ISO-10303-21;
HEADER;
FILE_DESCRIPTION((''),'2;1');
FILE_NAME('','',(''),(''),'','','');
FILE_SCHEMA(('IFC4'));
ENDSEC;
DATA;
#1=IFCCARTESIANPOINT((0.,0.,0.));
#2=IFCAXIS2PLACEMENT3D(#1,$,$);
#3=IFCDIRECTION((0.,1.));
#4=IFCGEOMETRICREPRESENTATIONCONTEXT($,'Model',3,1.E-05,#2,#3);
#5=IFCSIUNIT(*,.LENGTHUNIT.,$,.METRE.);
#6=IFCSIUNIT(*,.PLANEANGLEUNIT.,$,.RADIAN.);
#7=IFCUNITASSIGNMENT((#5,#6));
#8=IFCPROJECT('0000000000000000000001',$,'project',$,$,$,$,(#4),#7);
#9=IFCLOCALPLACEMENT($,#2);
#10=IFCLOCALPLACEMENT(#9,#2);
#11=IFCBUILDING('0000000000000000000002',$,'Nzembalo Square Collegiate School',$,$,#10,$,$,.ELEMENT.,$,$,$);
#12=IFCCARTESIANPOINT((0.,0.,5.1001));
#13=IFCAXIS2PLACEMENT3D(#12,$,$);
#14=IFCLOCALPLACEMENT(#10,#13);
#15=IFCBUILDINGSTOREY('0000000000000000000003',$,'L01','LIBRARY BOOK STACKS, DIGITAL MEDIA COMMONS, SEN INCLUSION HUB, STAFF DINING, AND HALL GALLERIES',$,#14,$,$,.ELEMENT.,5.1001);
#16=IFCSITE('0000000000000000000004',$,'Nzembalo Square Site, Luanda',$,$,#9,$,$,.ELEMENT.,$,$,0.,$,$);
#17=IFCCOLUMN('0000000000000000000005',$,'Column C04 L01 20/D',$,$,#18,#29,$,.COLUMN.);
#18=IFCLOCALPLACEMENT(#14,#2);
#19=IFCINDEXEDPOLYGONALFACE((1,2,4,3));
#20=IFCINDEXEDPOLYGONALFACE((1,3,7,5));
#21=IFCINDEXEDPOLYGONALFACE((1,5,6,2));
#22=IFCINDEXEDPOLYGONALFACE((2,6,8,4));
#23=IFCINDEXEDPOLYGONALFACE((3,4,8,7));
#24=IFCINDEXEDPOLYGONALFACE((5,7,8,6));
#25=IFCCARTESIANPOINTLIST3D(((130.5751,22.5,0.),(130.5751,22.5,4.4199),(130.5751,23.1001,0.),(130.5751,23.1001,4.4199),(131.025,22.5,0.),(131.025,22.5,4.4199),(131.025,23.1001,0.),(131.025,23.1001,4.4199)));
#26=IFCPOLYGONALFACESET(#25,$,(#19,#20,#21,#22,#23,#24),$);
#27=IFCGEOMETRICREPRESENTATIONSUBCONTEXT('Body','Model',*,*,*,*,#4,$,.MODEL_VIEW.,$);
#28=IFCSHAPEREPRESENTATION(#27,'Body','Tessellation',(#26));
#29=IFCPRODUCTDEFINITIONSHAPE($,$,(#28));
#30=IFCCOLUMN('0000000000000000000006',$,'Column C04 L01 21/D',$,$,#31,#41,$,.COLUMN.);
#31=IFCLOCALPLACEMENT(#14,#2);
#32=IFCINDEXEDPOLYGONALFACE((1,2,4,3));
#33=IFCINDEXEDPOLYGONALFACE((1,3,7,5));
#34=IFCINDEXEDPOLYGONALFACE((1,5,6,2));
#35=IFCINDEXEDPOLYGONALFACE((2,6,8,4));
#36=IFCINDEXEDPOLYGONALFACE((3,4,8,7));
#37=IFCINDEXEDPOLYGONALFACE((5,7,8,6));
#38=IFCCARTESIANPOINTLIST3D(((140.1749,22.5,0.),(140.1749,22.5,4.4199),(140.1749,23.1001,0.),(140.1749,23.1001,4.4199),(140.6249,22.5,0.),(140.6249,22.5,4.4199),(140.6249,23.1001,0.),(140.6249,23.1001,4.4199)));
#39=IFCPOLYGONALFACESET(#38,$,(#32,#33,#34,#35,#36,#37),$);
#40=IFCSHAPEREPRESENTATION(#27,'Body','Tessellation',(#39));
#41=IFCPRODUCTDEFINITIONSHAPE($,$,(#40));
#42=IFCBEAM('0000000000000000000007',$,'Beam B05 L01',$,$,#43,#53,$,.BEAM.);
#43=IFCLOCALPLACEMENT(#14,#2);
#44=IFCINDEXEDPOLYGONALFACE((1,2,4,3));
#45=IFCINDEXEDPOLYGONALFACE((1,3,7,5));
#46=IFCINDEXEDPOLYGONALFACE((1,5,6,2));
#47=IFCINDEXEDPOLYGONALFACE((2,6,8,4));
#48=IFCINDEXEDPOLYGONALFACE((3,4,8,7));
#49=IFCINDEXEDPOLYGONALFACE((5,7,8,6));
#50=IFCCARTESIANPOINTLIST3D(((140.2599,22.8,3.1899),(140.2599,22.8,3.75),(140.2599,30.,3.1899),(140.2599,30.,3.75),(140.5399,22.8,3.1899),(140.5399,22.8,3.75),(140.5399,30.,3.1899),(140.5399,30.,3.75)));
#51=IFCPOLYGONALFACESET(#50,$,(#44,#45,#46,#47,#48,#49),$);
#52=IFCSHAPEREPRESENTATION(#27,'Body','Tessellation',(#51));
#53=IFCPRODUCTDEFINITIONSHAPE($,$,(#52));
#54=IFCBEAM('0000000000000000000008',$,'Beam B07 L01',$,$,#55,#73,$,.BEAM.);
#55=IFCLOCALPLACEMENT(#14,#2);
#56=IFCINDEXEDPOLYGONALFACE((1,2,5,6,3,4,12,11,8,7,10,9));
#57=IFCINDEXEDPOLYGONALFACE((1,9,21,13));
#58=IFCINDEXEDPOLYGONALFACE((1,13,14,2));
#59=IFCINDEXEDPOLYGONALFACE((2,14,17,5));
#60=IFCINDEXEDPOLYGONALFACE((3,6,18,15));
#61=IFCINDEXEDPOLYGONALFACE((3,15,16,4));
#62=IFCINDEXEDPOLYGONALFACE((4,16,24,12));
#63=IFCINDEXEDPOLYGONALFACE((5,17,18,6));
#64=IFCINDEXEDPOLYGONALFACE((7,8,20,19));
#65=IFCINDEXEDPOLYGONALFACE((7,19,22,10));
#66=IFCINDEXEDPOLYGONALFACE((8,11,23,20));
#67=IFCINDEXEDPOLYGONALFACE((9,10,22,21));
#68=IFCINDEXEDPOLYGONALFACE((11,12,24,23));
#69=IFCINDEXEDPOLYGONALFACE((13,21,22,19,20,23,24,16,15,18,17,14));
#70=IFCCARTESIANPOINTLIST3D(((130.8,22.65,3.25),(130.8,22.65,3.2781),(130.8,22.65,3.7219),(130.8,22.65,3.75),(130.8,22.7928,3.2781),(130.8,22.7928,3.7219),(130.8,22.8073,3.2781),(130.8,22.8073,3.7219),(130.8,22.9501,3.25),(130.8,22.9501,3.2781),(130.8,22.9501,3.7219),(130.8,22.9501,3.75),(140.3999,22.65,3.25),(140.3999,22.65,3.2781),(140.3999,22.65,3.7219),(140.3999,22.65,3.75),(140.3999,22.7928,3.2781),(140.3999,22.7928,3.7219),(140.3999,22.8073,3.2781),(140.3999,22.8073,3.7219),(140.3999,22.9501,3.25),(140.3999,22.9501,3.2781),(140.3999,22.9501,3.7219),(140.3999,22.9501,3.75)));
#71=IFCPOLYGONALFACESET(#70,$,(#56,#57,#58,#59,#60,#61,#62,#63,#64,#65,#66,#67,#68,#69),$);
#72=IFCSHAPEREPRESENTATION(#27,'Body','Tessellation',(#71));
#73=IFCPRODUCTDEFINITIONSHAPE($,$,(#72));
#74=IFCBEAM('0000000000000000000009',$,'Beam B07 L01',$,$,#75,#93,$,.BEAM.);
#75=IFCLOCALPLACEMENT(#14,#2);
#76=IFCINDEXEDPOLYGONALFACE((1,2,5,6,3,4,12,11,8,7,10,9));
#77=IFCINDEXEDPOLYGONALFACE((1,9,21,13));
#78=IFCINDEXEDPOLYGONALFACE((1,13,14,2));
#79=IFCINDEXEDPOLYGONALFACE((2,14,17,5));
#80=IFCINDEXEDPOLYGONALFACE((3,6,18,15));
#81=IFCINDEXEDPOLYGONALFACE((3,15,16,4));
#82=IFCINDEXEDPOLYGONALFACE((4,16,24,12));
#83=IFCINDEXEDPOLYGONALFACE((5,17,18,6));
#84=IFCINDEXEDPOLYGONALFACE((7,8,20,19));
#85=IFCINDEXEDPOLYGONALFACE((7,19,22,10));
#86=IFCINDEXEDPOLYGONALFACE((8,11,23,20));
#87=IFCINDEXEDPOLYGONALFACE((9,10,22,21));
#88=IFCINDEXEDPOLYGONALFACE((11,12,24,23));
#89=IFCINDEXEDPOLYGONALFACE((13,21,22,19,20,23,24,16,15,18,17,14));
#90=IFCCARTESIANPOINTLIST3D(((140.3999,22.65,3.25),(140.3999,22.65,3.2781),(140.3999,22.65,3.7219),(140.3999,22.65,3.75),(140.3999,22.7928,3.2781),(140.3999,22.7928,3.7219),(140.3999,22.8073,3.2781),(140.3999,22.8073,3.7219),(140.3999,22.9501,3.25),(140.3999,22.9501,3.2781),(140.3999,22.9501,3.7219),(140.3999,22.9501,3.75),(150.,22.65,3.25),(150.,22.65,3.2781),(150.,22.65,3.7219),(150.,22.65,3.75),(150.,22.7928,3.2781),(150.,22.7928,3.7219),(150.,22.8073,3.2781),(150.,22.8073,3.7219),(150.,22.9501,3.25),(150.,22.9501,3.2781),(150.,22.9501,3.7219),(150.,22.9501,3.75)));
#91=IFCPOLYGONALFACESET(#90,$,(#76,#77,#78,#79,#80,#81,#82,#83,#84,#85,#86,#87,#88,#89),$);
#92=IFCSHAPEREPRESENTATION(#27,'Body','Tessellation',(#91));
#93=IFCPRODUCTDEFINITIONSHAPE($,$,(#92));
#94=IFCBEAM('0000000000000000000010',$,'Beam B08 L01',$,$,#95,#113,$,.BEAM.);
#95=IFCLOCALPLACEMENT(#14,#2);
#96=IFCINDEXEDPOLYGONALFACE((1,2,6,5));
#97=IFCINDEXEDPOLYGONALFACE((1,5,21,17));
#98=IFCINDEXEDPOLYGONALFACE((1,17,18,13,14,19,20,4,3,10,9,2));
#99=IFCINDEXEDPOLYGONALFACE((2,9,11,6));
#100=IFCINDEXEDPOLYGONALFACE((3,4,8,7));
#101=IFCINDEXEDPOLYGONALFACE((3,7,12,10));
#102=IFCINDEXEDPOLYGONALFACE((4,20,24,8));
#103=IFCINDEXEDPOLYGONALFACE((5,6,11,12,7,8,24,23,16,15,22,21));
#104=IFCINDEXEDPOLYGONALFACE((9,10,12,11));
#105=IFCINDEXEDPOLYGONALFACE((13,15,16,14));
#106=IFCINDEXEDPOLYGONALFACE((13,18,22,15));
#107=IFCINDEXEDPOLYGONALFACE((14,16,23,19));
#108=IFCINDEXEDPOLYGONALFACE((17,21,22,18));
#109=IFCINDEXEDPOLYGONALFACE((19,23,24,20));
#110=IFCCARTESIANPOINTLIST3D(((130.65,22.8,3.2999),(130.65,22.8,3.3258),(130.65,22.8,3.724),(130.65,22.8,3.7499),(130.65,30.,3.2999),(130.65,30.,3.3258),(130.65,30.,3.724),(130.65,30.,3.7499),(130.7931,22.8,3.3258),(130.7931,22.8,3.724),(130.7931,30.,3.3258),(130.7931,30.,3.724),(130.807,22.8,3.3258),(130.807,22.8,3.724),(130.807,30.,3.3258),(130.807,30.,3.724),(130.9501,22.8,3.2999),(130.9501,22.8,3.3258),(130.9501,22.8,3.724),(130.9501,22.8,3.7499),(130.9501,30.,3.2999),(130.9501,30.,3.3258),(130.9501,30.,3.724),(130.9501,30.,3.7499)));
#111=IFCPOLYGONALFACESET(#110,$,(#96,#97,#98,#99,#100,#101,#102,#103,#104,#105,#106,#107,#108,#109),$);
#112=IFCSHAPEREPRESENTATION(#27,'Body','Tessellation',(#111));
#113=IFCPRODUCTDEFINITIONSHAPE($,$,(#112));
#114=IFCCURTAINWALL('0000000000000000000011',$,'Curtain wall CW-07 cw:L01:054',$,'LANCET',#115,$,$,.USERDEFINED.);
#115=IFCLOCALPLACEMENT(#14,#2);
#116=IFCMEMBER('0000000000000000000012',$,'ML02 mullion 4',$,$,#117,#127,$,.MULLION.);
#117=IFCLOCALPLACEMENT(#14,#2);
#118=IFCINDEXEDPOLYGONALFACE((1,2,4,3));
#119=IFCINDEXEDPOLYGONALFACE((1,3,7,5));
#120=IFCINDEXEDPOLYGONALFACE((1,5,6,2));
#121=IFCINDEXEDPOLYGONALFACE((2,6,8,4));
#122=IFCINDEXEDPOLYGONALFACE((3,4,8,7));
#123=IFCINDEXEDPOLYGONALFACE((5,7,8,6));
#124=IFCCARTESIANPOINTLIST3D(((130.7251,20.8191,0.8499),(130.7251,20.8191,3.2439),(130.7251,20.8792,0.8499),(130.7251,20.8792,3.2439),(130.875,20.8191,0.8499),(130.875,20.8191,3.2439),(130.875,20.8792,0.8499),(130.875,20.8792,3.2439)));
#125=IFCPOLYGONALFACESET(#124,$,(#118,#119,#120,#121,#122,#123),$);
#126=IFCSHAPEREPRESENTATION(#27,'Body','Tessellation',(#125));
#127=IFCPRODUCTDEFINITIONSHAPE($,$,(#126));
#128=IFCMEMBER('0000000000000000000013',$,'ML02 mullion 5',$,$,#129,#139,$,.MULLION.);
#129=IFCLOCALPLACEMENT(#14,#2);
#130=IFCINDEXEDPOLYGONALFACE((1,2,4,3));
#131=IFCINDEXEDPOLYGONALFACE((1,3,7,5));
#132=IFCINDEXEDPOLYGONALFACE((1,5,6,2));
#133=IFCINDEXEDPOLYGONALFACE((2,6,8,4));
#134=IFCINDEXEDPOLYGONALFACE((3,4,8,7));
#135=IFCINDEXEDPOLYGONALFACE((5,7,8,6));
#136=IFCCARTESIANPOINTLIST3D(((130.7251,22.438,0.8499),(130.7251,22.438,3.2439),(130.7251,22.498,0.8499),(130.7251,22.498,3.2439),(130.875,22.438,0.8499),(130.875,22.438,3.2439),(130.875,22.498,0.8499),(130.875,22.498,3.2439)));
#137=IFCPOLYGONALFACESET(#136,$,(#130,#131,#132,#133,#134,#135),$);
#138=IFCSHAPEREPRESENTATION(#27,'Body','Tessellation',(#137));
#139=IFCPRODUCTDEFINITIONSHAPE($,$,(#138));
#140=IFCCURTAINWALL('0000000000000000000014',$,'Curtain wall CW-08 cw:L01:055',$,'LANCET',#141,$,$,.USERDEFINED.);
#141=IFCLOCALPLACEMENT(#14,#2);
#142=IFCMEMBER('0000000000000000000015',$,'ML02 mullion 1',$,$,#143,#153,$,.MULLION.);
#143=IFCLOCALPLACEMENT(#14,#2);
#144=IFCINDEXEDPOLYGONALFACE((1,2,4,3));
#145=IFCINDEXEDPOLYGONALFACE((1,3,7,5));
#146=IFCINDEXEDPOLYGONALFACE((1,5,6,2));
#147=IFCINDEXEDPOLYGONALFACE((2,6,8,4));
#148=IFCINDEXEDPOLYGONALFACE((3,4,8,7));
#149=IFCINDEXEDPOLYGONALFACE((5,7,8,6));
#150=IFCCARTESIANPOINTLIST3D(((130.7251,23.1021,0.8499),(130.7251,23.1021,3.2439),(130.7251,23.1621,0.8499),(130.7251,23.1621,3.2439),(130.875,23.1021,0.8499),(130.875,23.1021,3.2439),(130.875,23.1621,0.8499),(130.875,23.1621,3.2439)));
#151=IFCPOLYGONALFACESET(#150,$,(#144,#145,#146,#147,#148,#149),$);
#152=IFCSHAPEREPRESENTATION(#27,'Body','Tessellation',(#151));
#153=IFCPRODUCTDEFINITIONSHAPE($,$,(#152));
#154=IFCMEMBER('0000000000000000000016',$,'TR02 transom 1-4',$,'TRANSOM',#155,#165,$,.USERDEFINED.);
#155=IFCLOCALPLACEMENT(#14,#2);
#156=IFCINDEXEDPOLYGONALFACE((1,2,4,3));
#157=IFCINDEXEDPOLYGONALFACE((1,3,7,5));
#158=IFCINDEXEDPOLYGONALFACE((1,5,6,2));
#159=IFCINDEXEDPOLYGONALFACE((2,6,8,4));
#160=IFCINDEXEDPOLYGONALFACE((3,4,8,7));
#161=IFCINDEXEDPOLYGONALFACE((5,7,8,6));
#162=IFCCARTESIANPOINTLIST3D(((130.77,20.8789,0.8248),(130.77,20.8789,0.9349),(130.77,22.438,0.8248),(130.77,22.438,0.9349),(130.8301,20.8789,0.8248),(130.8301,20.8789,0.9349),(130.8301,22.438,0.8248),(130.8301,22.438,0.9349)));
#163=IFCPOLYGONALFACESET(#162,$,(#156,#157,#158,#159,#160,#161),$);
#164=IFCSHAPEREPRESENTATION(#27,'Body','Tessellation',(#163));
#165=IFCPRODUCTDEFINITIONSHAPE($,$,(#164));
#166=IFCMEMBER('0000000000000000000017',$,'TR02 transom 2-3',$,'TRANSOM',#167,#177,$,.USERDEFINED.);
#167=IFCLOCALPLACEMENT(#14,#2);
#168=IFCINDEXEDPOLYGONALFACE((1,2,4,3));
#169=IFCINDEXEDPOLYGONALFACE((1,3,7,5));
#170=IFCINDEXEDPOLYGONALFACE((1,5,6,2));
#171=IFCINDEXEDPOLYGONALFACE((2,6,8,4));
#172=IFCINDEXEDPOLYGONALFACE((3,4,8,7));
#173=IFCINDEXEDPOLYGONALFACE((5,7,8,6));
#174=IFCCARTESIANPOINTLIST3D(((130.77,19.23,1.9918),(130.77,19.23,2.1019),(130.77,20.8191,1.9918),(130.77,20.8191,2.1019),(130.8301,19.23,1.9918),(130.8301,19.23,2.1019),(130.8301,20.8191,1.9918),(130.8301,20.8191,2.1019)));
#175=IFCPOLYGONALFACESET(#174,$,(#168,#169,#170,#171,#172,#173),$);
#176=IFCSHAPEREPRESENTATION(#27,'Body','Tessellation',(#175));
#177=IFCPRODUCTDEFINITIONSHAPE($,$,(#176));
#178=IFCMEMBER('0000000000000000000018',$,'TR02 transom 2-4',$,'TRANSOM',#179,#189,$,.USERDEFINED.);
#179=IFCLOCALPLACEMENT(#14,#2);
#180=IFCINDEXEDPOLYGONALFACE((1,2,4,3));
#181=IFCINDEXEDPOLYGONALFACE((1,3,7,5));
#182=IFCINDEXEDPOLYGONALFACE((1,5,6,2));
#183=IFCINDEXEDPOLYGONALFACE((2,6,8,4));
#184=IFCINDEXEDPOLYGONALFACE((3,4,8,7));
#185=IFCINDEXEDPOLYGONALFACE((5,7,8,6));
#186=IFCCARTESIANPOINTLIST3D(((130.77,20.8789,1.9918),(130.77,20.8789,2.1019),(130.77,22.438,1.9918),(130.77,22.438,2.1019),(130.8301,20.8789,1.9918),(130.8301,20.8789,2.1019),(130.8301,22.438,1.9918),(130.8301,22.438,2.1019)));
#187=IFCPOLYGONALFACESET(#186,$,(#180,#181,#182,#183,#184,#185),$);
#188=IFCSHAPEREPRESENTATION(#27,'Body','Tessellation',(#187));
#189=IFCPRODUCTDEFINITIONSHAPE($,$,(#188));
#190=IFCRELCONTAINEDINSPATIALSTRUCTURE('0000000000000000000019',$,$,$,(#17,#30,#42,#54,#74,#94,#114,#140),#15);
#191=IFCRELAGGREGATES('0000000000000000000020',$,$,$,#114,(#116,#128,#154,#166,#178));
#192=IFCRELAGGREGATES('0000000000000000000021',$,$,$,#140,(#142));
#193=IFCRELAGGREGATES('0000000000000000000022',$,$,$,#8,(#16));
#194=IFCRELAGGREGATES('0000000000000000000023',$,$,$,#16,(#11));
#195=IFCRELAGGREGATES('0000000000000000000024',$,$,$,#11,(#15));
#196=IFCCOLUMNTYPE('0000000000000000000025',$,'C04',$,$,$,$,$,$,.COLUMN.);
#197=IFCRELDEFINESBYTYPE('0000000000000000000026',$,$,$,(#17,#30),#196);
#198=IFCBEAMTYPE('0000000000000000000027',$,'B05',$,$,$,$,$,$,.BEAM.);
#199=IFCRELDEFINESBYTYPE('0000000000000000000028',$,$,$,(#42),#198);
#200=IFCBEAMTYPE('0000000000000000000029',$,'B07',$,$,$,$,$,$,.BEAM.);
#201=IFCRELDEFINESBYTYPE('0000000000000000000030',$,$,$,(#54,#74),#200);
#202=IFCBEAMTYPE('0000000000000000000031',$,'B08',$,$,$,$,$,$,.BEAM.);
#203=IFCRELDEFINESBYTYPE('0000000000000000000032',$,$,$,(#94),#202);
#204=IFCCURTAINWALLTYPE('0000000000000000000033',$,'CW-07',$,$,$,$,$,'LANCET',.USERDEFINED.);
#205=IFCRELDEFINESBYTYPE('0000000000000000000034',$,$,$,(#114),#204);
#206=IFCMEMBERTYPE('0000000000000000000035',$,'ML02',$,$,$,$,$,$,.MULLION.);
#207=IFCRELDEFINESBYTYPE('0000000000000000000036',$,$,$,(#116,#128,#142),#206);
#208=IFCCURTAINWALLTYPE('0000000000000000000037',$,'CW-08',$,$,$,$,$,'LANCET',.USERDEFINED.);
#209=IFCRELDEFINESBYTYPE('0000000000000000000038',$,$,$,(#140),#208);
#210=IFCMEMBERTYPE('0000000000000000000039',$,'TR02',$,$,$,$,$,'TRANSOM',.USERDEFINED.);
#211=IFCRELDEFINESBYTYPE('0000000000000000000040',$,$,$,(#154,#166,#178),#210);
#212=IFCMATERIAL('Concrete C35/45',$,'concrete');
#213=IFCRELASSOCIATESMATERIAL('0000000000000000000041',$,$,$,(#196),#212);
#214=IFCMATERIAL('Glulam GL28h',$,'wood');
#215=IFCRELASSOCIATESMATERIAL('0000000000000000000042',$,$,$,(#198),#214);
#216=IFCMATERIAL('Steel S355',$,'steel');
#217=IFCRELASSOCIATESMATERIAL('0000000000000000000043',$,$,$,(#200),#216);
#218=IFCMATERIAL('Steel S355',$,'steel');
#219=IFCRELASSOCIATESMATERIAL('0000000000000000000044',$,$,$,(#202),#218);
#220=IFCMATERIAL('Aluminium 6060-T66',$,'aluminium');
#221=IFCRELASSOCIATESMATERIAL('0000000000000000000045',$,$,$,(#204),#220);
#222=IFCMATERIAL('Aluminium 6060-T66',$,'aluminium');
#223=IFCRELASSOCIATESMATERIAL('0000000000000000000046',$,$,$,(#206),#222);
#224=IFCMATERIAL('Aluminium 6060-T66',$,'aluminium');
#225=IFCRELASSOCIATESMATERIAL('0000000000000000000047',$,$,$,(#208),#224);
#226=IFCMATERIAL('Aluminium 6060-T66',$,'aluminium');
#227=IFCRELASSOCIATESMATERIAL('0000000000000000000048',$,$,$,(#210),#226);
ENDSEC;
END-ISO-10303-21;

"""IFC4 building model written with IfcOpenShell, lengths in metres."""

from ifc_helpers import new_model, si_unit, direction, frame, origin, origin_2d, place, context, subcontext, project, spatial, rectangle, i_section, extrude, material, material_profile, profile_set, type_object, element, aggregate, save


model = new_model("IFC4")

# Units and contexts
model_context = context("Model", 3, precision=1e-05, world=origin(), true_north=direction((0.0, 1.0)))
body_context = subcontext(model_context, "Body", "Model", "MODEL_VIEW")
ifc_project = project(units=[si_unit("LENGTHUNIT", "METRE"), si_unit("PLANEANGLEUNIT", "RADIAN")], contexts=[model_context])

# Site, building, storey
site_placement = place(None, origin())
site = spatial("IfcSite", under=ifc_project, at=site_placement, Name="Nzembalo Square Site, Luanda", CompositionType="ELEMENT", RefElevation=0.0)
building_placement = place(site_placement, origin())
building = spatial("IfcBuilding", under=site, at=building_placement, Name="Nzembalo Square Collegiate School", CompositionType="ELEMENT")
storey_placement = place(building_placement, frame((0.0, 0.0, 5.1001)))
storey = spatial("IfcBuildingStorey", under=building, at=storey_placement, Name="L01", Description="LIBRARY BOOK STACKS, DIGITAL MEDIA COMMONS, SEN INCLUSION HUB, STAFF DINING, AND HALL GALLERIES", CompositionType="ELEMENT", Elevation=5.1001)

# Columns
ifc_material_1 = material(Name="Concrete C35/45", Category="concrete")
ifc_material_profile_1 = material_profile(ifc_material_1, rectangle(XDim=0.45, YDim=0.6001, at=origin_2d()), Name="RC 450x600")
ifc_profile_set_1 = profile_set([ifc_material_profile_1], Name="Concrete C35/45")
column_type = type_object("IfcColumnType", Name="C04", PredefinedType="COLUMN", material=ifc_profile_set_1)
for number, where, z_axis, x_axis, name in (
    (1, (130.8, 22.8, 0.0), (0.0, 0.0, 1.0), (1.0, 0.0, 0.0), "Column C04 L01 20/D"),
    (2, (140.3999, 22.8, 0.0), (0.0, 0.0, 1.0), (1.0, 0.0, 0.0), "Column C04 L01 21/D"),
):
    element("IfcColumn", number, at=place(storey_placement, frame(where, z_axis=z_axis, x_axis=x_axis)), inside=storey, type_object=column_type, Name=name, PredefinedType="COLUMN", context=body_context, shape_type="SweptSolid", body=[
        extrude(rectangle(XDim=0.45, YDim=0.6001, at=origin_2d()), origin(), (0.0, 0.0, 1.0), 4.4199),
    ])

# Beams
ifc_material_2 = material(Name="Glulam GL28h", Category="wood")
ifc_material_profile_2 = material_profile(ifc_material_2, rectangle(XDim=0.28, YDim=0.5601, at=origin_2d()), Name="GL28h 280x560")
ifc_profile_set_2 = profile_set([ifc_material_profile_2], Name="Glulam GL28h")
beam_type_1 = type_object("IfcBeamType", Name="B05", PredefinedType="BEAM", material=ifc_profile_set_2)
beam_1_placement = place(storey_placement, frame((140.3999, 22.8, 3.47), z_axis=(0.0, 1.0, 0.0), x_axis=(-1.0, 0.0, 0.0)))
element("IfcBeam", 3, at=beam_1_placement, inside=storey, type_object=beam_type_1, Name="Beam B05 L01", PredefinedType="BEAM", context=body_context, shape_type="SweptSolid", body=[
    extrude(rectangle(XDim=0.28, YDim=0.5601, at=origin_2d()), origin(), (0.0, 0.0, 1.0), 7.2),
])
ifc_material_3 = material(Name="Steel S355", Category="steel")
ifc_material_profile_3 = material_profile(ifc_material_3, i_section(OverallWidth=0.3, OverallDepth=0.5, WebThickness=0.0144, FlangeThickness=0.0281, at=origin_2d()), Name="HEB 500")
ifc_profile_set_3 = profile_set([ifc_material_profile_3], Name="Steel S355")
beam_type_2 = type_object("IfcBeamType", Name="B07", PredefinedType="BEAM", material=ifc_profile_set_3)
beam_2_placement = place(storey_placement, frame((130.8, 22.8, 3.5), z_axis=(1.0, 0.0, 0.0), x_axis=(0.0, 1.0, 0.0)))
element("IfcBeam", 4, at=beam_2_placement, inside=storey, type_object=beam_type_2, Name="Beam B07 L01", PredefinedType="BEAM", context=body_context, shape_type="SweptSolid", body=[
    extrude(i_section(OverallWidth=0.3, OverallDepth=0.5, WebThickness=0.0144, FlangeThickness=0.0281, at=origin_2d()), origin(), (0.0, 0.0, 1.0), 9.5999),
])
beam_3_placement = place(storey_placement, frame((140.3999, 22.8, 3.5), z_axis=(1.0, 0.0, 0.0), x_axis=(0.0, 1.0, 0.0)))
element("IfcBeam", 5, at=beam_3_placement, inside=storey, type_object=beam_type_2, Name="Beam B07 L01", PredefinedType="BEAM", context=body_context, shape_type="SweptSolid", body=[
    extrude(i_section(OverallWidth=0.3, OverallDepth=0.5, WebThickness=0.0144, FlangeThickness=0.0281, at=origin_2d()), origin(), (0.0, 0.0, 1.0), 9.6001),
])
ifc_material_4 = material(Name="Steel S355", Category="steel")
ifc_material_profile_4 = material_profile(ifc_material_4, i_section(OverallWidth=0.3, OverallDepth=0.45, WebThickness=0.0139, FlangeThickness=0.0259, at=origin_2d()), Name="HEB 450")
ifc_profile_set_4 = profile_set([ifc_material_profile_4], Name="Steel S355")
beam_type_3 = type_object("IfcBeamType", Name="B08", PredefinedType="BEAM", material=ifc_profile_set_4)
beam_4_placement = place(storey_placement, frame((130.8, 22.8, 3.5249), z_axis=(0.0, 1.0, 0.0), x_axis=(-1.0, 0.0, 0.0)))
element("IfcBeam", 6, at=beam_4_placement, inside=storey, type_object=beam_type_3, Name="Beam B08 L01", PredefinedType="BEAM", context=body_context, shape_type="SweptSolid", body=[
    extrude(i_section(OverallWidth=0.3, OverallDepth=0.45, WebThickness=0.0139, FlangeThickness=0.0259, at=origin_2d()), origin(), (0.0, 0.0, 1.0), 7.2),
])

# Curtain wall, members
ifc_material_5 = material(Name="Aluminium 6060-T66", Category="aluminium")
curtain_wall_type_1 = type_object("IfcCurtainWallType", Name="CW-07", ElementType="LANCET", PredefinedType="USERDEFINED", material=ifc_material_5)
curtain_wall_1_placement = place(storey_placement, origin())
curtain_wall_1 = element("IfcCurtainWall", 7, at=curtain_wall_1_placement, inside=storey, type_object=curtain_wall_type_1, Name="Curtain wall CW-07 cw:L01:054", ObjectType="LANCET", PredefinedType="USERDEFINED")
ifc_material_6 = material(Name="Aluminium 6060-T66", Category="aluminium")
ifc_material_profile_5 = material_profile(ifc_material_6, rectangle(XDim=0.0601, YDim=0.1499, at=origin_2d()), Name="ALU M60x150")
ifc_profile_set_5 = profile_set([ifc_material_profile_5], Name="Aluminium 6060-T66")
member_type_1 = type_object("IfcMemberType", Name="ML02", PredefinedType="MULLION", material=ifc_profile_set_5)
member_1_placement = place(storey_placement, frame((130.8, 20.8491, 0.8499), z_axis=(0.0, 0.0, 1.0), x_axis=(0.0, 1.0, 0.0)))
member_1 = element("IfcMember", 8, at=member_1_placement, type_object=member_type_1, Name="ML02 mullion 4", PredefinedType="MULLION", context=body_context, shape_type="SweptSolid", body=[
    extrude(rectangle(XDim=0.0601, YDim=0.1499, at=origin_2d()), origin(), (0.0, 0.0, 1.0), 2.394),
])
member_2_placement = place(storey_placement, frame((130.8, 22.468, 0.8499), z_axis=(0.0, 0.0, 1.0), x_axis=(0.0, 1.0, 0.0)))
member_2 = element("IfcMember", 9, at=member_2_placement, type_object=member_type_1, Name="ML02 mullion 5", PredefinedType="MULLION", context=body_context, shape_type="SweptSolid", body=[
    extrude(rectangle(XDim=0.0601, YDim=0.1499, at=origin_2d()), origin(), (0.0, 0.0, 1.0), 2.394),
])

# Curtain wall, member
ifc_material_7 = material(Name="Aluminium 6060-T66", Category="aluminium")
curtain_wall_type_2 = type_object("IfcCurtainWallType", Name="CW-08", ElementType="LANCET", PredefinedType="USERDEFINED", material=ifc_material_7)
curtain_wall_2_placement = place(storey_placement, origin())
curtain_wall_2 = element("IfcCurtainWall", 10, at=curtain_wall_2_placement, inside=storey, type_object=curtain_wall_type_2, Name="Curtain wall CW-08 cw:L01:055", ObjectType="LANCET", PredefinedType="USERDEFINED")
member_3_placement = place(storey_placement, frame((130.8, 23.1321, 0.8499), z_axis=(0.0, 0.0, 1.0), x_axis=(0.0, 1.0, 0.0)))
member_3 = element("IfcMember", 11, at=member_3_placement, type_object=member_type_1, Name="ML02 mullion 1", PredefinedType="MULLION", context=body_context, shape_type="SweptSolid", body=[
    extrude(rectangle(XDim=0.0601, YDim=0.1499, at=origin_2d()), origin(), (0.0, 0.0, 1.0), 2.394),
])

# Members
ifc_material_8 = material(Name="Aluminium 6060-T66", Category="aluminium")
ifc_material_profile_6 = material_profile(ifc_material_8, rectangle(XDim=0.0601, YDim=0.1101, at=origin_2d()), Name="ALU T60x110")
ifc_profile_set_6 = profile_set([ifc_material_profile_6], Name="Aluminium 6060-T66")
member_type_2 = type_object("IfcMemberType", Name="TR02", ElementType="TRANSOM", PredefinedType="USERDEFINED", material=ifc_profile_set_6)
member_4_placement = place(storey_placement, frame((130.8, 20.8789, 0.8799), z_axis=(0.0, 1.0, 0.0), x_axis=(-1.0, 0.0, 0.0)))
member_4 = element("IfcMember", 12, at=member_4_placement, type_object=member_type_2, Name="TR02 transom 1-4", ObjectType="TRANSOM", PredefinedType="USERDEFINED", context=body_context, shape_type="SweptSolid", body=[
    extrude(rectangle(XDim=0.0601, YDim=0.1101, at=origin_2d()), origin(), (0.0, 0.0, 1.0), 1.5591),
])
member_5_placement = place(storey_placement, frame((130.8, 19.23, 2.0469), z_axis=(0.0, 1.0, 0.0), x_axis=(-1.0, 0.0, 0.0)))
member_5 = element("IfcMember", 13, at=member_5_placement, type_object=member_type_2, Name="TR02 transom 2-3", ObjectType="TRANSOM", PredefinedType="USERDEFINED", context=body_context, shape_type="SweptSolid", body=[
    extrude(rectangle(XDim=0.0601, YDim=0.1101, at=origin_2d()), origin(), (0.0, 0.0, 1.0), 1.5891),
])
member_6_placement = place(storey_placement, frame((130.8, 20.8789, 2.0469), z_axis=(0.0, 1.0, 0.0), x_axis=(-1.0, 0.0, 0.0)))
member_6 = element("IfcMember", 14, at=member_6_placement, type_object=member_type_2, Name="TR02 transom 2-4", ObjectType="TRANSOM", PredefinedType="USERDEFINED", context=body_context, shape_type="SweptSolid", body=[
    extrude(rectangle(XDim=0.0601, YDim=0.1101, at=origin_2d()), origin(), (0.0, 0.0, 1.0), 1.5591),
])

aggregate(curtain_wall_1, [member_1, member_2, member_4, member_5, member_6])
aggregate(curtain_wall_2, [member_3])

save(model, "model.ifc")
